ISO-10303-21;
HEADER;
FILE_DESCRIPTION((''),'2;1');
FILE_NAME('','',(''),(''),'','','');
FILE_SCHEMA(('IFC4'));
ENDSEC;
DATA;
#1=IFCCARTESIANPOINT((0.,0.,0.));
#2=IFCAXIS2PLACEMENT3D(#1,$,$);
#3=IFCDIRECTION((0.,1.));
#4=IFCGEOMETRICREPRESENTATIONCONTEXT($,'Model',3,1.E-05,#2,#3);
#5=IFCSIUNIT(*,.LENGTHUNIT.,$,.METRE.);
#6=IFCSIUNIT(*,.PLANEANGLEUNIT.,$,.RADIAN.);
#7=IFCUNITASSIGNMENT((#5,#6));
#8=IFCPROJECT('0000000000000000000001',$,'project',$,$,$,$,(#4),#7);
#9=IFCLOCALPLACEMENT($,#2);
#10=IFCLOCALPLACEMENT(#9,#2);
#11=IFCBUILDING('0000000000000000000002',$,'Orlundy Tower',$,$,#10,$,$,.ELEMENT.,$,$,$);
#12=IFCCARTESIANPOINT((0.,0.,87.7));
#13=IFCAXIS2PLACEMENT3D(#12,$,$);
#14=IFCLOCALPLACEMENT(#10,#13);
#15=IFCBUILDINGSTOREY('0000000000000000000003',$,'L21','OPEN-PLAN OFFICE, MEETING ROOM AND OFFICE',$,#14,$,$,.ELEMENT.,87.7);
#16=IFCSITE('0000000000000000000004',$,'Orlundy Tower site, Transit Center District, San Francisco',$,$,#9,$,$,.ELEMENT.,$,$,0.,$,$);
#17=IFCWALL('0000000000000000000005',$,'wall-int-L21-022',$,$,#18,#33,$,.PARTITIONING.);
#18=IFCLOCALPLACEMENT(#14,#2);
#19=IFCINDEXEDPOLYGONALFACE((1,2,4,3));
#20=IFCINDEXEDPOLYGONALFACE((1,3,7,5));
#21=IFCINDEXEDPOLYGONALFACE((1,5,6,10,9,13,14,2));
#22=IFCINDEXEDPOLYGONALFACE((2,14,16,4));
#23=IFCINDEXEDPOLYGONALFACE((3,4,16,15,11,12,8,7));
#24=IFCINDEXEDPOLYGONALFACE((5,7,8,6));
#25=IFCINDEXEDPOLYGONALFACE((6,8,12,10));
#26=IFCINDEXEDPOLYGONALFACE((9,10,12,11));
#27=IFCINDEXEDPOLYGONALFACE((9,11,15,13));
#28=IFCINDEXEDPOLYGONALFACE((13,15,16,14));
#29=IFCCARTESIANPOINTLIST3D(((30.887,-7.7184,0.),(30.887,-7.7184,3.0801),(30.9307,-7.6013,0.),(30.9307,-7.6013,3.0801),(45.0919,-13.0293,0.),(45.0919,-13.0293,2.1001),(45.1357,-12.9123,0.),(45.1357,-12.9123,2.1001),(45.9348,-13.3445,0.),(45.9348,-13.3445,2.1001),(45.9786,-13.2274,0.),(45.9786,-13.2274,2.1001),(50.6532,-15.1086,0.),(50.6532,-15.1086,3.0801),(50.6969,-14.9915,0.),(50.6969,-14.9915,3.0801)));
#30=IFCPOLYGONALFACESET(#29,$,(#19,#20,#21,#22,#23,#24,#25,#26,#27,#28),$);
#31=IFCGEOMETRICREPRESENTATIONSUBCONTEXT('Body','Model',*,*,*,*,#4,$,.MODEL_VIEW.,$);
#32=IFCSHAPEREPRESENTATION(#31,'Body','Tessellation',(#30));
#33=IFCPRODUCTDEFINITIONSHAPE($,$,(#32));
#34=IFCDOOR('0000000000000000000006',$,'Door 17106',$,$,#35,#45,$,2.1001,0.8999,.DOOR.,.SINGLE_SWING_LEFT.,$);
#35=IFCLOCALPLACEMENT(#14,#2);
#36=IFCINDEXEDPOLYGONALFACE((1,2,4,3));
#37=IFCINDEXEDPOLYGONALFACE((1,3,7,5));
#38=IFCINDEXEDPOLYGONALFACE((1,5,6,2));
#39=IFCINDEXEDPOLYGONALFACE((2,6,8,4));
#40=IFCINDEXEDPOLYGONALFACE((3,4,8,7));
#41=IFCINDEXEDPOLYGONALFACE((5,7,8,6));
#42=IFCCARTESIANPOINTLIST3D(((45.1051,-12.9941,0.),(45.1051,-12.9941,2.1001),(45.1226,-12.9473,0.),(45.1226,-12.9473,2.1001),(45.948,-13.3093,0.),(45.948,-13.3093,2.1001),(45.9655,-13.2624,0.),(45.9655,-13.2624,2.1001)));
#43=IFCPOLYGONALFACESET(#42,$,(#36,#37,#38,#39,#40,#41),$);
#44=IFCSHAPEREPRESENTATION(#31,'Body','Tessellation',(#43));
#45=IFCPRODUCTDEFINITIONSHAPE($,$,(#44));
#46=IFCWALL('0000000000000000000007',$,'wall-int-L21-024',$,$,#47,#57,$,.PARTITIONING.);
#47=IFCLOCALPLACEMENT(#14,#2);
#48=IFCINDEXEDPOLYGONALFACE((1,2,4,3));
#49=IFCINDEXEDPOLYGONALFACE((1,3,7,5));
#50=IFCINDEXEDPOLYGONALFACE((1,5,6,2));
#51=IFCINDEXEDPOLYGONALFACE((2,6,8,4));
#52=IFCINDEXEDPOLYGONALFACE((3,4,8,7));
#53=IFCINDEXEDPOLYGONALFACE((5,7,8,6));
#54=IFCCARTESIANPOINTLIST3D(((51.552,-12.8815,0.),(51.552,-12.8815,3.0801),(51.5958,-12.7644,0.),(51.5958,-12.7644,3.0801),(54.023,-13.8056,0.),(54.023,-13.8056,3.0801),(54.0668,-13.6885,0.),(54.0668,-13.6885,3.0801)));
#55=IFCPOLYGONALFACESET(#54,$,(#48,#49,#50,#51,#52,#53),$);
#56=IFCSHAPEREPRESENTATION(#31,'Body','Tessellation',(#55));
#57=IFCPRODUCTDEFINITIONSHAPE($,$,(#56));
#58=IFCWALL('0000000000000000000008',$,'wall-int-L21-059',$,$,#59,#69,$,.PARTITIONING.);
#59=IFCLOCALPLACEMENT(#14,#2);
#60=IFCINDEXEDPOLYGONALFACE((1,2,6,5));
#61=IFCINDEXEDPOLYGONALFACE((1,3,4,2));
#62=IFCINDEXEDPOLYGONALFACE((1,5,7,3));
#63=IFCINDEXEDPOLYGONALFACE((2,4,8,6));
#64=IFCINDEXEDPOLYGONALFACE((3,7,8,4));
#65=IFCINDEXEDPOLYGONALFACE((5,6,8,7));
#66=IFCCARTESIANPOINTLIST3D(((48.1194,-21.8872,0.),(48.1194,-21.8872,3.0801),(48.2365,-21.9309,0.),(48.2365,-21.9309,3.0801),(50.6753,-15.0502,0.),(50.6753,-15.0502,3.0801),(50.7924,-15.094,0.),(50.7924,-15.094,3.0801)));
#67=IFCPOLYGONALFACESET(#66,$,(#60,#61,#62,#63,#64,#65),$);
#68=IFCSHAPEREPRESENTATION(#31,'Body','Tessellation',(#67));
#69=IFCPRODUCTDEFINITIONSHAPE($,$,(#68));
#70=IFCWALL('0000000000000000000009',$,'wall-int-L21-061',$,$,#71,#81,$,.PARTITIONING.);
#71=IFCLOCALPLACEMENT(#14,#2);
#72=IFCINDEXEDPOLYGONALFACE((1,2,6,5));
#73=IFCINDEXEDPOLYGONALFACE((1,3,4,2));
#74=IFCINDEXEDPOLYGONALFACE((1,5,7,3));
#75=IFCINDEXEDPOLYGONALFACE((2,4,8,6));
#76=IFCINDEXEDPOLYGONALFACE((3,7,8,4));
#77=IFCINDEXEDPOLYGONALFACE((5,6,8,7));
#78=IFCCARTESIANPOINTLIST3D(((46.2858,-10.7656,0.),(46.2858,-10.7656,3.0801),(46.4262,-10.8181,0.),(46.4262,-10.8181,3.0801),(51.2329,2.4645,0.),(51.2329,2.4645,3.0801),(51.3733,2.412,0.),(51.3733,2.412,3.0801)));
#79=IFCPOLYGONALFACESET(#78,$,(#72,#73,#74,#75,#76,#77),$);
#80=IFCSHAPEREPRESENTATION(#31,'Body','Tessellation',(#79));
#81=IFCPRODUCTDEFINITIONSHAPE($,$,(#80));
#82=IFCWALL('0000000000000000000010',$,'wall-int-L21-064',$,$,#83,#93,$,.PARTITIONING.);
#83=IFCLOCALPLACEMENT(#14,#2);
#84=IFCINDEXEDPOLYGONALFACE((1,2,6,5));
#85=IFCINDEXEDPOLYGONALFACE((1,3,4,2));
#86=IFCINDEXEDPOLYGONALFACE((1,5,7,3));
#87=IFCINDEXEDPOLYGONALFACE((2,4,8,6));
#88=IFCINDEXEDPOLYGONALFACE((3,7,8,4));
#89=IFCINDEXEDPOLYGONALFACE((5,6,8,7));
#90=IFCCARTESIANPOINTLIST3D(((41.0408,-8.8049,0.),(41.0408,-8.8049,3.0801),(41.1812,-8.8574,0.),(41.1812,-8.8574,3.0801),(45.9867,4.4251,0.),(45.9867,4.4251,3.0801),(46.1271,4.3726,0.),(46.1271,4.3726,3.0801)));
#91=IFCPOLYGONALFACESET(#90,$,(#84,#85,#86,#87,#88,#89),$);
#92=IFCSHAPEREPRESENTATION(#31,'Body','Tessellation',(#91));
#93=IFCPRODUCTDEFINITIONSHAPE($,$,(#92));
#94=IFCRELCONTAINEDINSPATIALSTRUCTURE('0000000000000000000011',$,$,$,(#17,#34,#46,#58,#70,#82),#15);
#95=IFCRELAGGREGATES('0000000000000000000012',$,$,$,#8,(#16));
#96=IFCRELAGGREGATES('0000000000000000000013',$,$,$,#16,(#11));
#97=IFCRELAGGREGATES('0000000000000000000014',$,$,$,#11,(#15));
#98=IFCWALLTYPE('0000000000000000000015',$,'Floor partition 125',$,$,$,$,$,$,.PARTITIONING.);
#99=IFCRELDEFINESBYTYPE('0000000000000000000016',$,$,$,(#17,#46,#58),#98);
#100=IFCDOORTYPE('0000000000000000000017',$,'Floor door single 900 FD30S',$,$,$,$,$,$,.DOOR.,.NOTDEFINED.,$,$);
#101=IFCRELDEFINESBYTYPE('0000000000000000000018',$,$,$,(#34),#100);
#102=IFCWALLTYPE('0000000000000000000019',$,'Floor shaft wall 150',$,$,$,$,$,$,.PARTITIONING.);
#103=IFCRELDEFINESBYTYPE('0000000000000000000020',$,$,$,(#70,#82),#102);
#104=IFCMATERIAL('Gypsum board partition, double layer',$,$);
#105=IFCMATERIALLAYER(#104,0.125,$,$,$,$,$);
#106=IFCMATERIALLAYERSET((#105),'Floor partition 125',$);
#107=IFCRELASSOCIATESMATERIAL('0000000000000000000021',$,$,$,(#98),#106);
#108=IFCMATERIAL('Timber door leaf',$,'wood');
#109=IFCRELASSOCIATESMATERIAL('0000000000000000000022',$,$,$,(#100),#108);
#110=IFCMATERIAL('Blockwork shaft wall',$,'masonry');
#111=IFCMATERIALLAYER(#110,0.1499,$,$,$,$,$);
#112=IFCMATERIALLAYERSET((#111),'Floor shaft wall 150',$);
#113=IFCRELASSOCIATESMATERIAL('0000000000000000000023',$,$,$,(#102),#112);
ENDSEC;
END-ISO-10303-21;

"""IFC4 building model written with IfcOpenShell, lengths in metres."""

from ifc_helpers import new_model, si_unit, direction, frame, frame_2d, origin, place, context, subcontext, project, spatial, rectangle, extrude, material, layer, layer_set, type_object, element, fill, save


model = new_model("IFC4")

# Units and contexts
model_context = context("Model", 3, precision=1e-05, world=origin(), true_north=direction((0.0, 1.0)))
body_context = subcontext(model_context, "Body", "Model", "MODEL_VIEW")
ifc_project = project(units=[si_unit("LENGTHUNIT", "METRE"), si_unit("PLANEANGLEUNIT", "RADIAN")], contexts=[model_context])

# Site, building, storey
site_placement = place(None, origin())
site = spatial("IfcSite", under=ifc_project, at=site_placement, Name="Orlundy Tower site, Transit Center District, San Francisco", CompositionType="ELEMENT", RefElevation=0.0)
building_placement = place(site_placement, origin())
building = spatial("IfcBuilding", under=site, at=building_placement, Name="Orlundy Tower", CompositionType="ELEMENT")
storey_placement = place(building_placement, frame((0.0, 0.0, 87.7)))
storey = spatial("IfcBuildingStorey", under=building, at=storey_placement, Name="L21", Description="OPEN-PLAN OFFICE, MEETING ROOM AND OFFICE", CompositionType="ELEMENT", Elevation=87.7)

# Shared definitions
ifc_material_1 = material(Name="Gypsum board partition, double layer")
ifc_layer_1 = layer(ifc_material_1, 0.125)
ifc_layer_set_1 = layer_set([ifc_layer_1], Name="Floor partition 125")
wall_type_1 = type_object("IfcWallType", Name="Floor partition 125", PredefinedType="PARTITIONING", material=ifc_layer_set_1)

# Shared definitions
ifc_material_2 = material(Name="Timber door leaf", Category="wood")
door_type = type_object("IfcDoorType", Name="Floor door single 900 FD30S", OperationType="NOTDEFINED", PredefinedType="DOOR", material=ifc_material_2)

# Wall, opening, door
wall_1_placement = place(storey_placement, frame((50.675, -15.05, 0.0), z_axis=(0.0, 0.0, 1.0), x_axis=(-0.936674, 0.350203, 0.0)))
wall_1 = element("IfcWall", 1, at=wall_1_placement, inside=storey, type_object=wall_type_1, Name="wall-int-L21-022", PredefinedType="PARTITIONING", context=body_context, shape_type="SweptSolid", body=[
    extrude(rectangle(XDim=21.1025, YDim=0.125, at=frame_2d((10.5513, 0.0))), origin(), (0.0, 0.0, 1.0), 3.0801),
])
opening_1_placement = place(wall_1_placement, frame((5.0374, 0.0, 0.0)))
opening_1 = element("IfcOpeningElement", 2, at=opening_1_placement, cuts=wall_1, PredefinedType="OPENING", context=body_context, shape_type="SweptSolid", body=[
    extrude(rectangle(XDim=0.8999, YDim=2.1001, at=frame_2d((0.45, 1.05))), frame((0.0, 0.0725, 0.0), z_axis=(0.0, -1.0, 0.0), x_axis=(1.0, 0.0, 0.0)), (0.0, 0.0, 1.0), 0.145),
])
door_1_placement = place(opening_1_placement, origin())
door_1 = element("IfcDoor", 3, at=door_1_placement, inside=storey, type_object=door_type, Name="Door 17106", OperationType="SINGLE_SWING_LEFT", OverallHeight=2.1001, OverallWidth=0.8999, PredefinedType="DOOR", context=body_context, shape_type="SweptSolid", body=[
    extrude(rectangle(XDim=0.8999, YDim=2.1001, at=frame_2d((0.45, 1.05))), frame((0.0, 0.0249, 0.0), z_axis=(0.0, -1.0, 0.0), x_axis=(1.0, 0.0, 0.0)), (0.0, 0.0, 1.0), 0.05),
])
fill(opening_1, door_1)

# Walls
wall_2_placement = place(storey_placement, frame((54.0449, -13.7471, 0.0), z_axis=(0.0, 0.0, 1.0), x_axis=(-0.936644, 0.350282, 0.0)))
element("IfcWall", 4, at=wall_2_placement, inside=storey, type_object=wall_type_1, Name="wall-int-L21-024", PredefinedType="PARTITIONING", context=body_context, shape_type="SweptSolid", body=[
    extrude(rectangle(XDim=2.6382, YDim=0.125, at=frame_2d((1.3191, 0.0))), origin(), (0.0, 0.0, 1.0), 3.0801),
])
wall_3_placement = place(storey_placement, frame((48.178, -21.9089, 0.0), z_axis=(0.0, 0.0, 1.0), x_axis=(0.35017, 0.936686, 0.0)))
element("IfcWall", 5, at=wall_3_placement, inside=storey, type_object=wall_type_1, Name="wall-int-L21-059", PredefinedType="PARTITIONING", context=body_context, shape_type="SweptSolid", body=[
    extrude(rectangle(XDim=7.2991, YDim=0.125, at=frame_2d((3.6494, 0.0))), origin(), (0.0, 0.0, 1.0), 3.0801),
])
ifc_material_3 = material(Name="Blockwork shaft wall", Category="masonry")
ifc_layer_2 = layer(ifc_material_3, 0.1499)
ifc_layer_set_2 = layer_set([ifc_layer_2], Name="Floor shaft wall 150")
wall_type_2 = type_object("IfcWallType", Name="Floor shaft wall 150", PredefinedType="PARTITIONING", material=ifc_layer_set_2)
wall_4_placement = place(storey_placement, frame((46.356, -10.792, 0.0), z_axis=(0.0, 0.0, 1.0), x_axis=(0.350241, 0.93666, 0.0)))
element("IfcWall", 6, at=wall_4_placement, inside=storey, type_object=wall_type_2, Name="wall-int-L21-061", PredefinedType="PARTITIONING", context=body_context, shape_type="SweptSolid", body=[
    extrude(rectangle(XDim=14.1248, YDim=0.1499, at=frame_2d((7.0625, 0.0))), origin(), (0.0, 0.0, 1.0), 3.0801),
])
wall_5_placement = place(storey_placement, frame((41.1111, -8.8311, 0.0), z_axis=(0.0, 0.0, 1.0), x_axis=(0.350165, 0.936688, 0.0)))
element("IfcWall", 7, at=wall_5_placement, inside=storey, type_object=wall_type_2, Name="wall-int-L21-064", PredefinedType="PARTITIONING", context=body_context, shape_type="SweptSolid", body=[
    extrude(rectangle(XDim=14.1243, YDim=0.1499, at=frame_2d((7.062, 0.0))), origin(), (0.0, 0.0, 1.0), 3.0801),
])

save(model, "model.ifc")
